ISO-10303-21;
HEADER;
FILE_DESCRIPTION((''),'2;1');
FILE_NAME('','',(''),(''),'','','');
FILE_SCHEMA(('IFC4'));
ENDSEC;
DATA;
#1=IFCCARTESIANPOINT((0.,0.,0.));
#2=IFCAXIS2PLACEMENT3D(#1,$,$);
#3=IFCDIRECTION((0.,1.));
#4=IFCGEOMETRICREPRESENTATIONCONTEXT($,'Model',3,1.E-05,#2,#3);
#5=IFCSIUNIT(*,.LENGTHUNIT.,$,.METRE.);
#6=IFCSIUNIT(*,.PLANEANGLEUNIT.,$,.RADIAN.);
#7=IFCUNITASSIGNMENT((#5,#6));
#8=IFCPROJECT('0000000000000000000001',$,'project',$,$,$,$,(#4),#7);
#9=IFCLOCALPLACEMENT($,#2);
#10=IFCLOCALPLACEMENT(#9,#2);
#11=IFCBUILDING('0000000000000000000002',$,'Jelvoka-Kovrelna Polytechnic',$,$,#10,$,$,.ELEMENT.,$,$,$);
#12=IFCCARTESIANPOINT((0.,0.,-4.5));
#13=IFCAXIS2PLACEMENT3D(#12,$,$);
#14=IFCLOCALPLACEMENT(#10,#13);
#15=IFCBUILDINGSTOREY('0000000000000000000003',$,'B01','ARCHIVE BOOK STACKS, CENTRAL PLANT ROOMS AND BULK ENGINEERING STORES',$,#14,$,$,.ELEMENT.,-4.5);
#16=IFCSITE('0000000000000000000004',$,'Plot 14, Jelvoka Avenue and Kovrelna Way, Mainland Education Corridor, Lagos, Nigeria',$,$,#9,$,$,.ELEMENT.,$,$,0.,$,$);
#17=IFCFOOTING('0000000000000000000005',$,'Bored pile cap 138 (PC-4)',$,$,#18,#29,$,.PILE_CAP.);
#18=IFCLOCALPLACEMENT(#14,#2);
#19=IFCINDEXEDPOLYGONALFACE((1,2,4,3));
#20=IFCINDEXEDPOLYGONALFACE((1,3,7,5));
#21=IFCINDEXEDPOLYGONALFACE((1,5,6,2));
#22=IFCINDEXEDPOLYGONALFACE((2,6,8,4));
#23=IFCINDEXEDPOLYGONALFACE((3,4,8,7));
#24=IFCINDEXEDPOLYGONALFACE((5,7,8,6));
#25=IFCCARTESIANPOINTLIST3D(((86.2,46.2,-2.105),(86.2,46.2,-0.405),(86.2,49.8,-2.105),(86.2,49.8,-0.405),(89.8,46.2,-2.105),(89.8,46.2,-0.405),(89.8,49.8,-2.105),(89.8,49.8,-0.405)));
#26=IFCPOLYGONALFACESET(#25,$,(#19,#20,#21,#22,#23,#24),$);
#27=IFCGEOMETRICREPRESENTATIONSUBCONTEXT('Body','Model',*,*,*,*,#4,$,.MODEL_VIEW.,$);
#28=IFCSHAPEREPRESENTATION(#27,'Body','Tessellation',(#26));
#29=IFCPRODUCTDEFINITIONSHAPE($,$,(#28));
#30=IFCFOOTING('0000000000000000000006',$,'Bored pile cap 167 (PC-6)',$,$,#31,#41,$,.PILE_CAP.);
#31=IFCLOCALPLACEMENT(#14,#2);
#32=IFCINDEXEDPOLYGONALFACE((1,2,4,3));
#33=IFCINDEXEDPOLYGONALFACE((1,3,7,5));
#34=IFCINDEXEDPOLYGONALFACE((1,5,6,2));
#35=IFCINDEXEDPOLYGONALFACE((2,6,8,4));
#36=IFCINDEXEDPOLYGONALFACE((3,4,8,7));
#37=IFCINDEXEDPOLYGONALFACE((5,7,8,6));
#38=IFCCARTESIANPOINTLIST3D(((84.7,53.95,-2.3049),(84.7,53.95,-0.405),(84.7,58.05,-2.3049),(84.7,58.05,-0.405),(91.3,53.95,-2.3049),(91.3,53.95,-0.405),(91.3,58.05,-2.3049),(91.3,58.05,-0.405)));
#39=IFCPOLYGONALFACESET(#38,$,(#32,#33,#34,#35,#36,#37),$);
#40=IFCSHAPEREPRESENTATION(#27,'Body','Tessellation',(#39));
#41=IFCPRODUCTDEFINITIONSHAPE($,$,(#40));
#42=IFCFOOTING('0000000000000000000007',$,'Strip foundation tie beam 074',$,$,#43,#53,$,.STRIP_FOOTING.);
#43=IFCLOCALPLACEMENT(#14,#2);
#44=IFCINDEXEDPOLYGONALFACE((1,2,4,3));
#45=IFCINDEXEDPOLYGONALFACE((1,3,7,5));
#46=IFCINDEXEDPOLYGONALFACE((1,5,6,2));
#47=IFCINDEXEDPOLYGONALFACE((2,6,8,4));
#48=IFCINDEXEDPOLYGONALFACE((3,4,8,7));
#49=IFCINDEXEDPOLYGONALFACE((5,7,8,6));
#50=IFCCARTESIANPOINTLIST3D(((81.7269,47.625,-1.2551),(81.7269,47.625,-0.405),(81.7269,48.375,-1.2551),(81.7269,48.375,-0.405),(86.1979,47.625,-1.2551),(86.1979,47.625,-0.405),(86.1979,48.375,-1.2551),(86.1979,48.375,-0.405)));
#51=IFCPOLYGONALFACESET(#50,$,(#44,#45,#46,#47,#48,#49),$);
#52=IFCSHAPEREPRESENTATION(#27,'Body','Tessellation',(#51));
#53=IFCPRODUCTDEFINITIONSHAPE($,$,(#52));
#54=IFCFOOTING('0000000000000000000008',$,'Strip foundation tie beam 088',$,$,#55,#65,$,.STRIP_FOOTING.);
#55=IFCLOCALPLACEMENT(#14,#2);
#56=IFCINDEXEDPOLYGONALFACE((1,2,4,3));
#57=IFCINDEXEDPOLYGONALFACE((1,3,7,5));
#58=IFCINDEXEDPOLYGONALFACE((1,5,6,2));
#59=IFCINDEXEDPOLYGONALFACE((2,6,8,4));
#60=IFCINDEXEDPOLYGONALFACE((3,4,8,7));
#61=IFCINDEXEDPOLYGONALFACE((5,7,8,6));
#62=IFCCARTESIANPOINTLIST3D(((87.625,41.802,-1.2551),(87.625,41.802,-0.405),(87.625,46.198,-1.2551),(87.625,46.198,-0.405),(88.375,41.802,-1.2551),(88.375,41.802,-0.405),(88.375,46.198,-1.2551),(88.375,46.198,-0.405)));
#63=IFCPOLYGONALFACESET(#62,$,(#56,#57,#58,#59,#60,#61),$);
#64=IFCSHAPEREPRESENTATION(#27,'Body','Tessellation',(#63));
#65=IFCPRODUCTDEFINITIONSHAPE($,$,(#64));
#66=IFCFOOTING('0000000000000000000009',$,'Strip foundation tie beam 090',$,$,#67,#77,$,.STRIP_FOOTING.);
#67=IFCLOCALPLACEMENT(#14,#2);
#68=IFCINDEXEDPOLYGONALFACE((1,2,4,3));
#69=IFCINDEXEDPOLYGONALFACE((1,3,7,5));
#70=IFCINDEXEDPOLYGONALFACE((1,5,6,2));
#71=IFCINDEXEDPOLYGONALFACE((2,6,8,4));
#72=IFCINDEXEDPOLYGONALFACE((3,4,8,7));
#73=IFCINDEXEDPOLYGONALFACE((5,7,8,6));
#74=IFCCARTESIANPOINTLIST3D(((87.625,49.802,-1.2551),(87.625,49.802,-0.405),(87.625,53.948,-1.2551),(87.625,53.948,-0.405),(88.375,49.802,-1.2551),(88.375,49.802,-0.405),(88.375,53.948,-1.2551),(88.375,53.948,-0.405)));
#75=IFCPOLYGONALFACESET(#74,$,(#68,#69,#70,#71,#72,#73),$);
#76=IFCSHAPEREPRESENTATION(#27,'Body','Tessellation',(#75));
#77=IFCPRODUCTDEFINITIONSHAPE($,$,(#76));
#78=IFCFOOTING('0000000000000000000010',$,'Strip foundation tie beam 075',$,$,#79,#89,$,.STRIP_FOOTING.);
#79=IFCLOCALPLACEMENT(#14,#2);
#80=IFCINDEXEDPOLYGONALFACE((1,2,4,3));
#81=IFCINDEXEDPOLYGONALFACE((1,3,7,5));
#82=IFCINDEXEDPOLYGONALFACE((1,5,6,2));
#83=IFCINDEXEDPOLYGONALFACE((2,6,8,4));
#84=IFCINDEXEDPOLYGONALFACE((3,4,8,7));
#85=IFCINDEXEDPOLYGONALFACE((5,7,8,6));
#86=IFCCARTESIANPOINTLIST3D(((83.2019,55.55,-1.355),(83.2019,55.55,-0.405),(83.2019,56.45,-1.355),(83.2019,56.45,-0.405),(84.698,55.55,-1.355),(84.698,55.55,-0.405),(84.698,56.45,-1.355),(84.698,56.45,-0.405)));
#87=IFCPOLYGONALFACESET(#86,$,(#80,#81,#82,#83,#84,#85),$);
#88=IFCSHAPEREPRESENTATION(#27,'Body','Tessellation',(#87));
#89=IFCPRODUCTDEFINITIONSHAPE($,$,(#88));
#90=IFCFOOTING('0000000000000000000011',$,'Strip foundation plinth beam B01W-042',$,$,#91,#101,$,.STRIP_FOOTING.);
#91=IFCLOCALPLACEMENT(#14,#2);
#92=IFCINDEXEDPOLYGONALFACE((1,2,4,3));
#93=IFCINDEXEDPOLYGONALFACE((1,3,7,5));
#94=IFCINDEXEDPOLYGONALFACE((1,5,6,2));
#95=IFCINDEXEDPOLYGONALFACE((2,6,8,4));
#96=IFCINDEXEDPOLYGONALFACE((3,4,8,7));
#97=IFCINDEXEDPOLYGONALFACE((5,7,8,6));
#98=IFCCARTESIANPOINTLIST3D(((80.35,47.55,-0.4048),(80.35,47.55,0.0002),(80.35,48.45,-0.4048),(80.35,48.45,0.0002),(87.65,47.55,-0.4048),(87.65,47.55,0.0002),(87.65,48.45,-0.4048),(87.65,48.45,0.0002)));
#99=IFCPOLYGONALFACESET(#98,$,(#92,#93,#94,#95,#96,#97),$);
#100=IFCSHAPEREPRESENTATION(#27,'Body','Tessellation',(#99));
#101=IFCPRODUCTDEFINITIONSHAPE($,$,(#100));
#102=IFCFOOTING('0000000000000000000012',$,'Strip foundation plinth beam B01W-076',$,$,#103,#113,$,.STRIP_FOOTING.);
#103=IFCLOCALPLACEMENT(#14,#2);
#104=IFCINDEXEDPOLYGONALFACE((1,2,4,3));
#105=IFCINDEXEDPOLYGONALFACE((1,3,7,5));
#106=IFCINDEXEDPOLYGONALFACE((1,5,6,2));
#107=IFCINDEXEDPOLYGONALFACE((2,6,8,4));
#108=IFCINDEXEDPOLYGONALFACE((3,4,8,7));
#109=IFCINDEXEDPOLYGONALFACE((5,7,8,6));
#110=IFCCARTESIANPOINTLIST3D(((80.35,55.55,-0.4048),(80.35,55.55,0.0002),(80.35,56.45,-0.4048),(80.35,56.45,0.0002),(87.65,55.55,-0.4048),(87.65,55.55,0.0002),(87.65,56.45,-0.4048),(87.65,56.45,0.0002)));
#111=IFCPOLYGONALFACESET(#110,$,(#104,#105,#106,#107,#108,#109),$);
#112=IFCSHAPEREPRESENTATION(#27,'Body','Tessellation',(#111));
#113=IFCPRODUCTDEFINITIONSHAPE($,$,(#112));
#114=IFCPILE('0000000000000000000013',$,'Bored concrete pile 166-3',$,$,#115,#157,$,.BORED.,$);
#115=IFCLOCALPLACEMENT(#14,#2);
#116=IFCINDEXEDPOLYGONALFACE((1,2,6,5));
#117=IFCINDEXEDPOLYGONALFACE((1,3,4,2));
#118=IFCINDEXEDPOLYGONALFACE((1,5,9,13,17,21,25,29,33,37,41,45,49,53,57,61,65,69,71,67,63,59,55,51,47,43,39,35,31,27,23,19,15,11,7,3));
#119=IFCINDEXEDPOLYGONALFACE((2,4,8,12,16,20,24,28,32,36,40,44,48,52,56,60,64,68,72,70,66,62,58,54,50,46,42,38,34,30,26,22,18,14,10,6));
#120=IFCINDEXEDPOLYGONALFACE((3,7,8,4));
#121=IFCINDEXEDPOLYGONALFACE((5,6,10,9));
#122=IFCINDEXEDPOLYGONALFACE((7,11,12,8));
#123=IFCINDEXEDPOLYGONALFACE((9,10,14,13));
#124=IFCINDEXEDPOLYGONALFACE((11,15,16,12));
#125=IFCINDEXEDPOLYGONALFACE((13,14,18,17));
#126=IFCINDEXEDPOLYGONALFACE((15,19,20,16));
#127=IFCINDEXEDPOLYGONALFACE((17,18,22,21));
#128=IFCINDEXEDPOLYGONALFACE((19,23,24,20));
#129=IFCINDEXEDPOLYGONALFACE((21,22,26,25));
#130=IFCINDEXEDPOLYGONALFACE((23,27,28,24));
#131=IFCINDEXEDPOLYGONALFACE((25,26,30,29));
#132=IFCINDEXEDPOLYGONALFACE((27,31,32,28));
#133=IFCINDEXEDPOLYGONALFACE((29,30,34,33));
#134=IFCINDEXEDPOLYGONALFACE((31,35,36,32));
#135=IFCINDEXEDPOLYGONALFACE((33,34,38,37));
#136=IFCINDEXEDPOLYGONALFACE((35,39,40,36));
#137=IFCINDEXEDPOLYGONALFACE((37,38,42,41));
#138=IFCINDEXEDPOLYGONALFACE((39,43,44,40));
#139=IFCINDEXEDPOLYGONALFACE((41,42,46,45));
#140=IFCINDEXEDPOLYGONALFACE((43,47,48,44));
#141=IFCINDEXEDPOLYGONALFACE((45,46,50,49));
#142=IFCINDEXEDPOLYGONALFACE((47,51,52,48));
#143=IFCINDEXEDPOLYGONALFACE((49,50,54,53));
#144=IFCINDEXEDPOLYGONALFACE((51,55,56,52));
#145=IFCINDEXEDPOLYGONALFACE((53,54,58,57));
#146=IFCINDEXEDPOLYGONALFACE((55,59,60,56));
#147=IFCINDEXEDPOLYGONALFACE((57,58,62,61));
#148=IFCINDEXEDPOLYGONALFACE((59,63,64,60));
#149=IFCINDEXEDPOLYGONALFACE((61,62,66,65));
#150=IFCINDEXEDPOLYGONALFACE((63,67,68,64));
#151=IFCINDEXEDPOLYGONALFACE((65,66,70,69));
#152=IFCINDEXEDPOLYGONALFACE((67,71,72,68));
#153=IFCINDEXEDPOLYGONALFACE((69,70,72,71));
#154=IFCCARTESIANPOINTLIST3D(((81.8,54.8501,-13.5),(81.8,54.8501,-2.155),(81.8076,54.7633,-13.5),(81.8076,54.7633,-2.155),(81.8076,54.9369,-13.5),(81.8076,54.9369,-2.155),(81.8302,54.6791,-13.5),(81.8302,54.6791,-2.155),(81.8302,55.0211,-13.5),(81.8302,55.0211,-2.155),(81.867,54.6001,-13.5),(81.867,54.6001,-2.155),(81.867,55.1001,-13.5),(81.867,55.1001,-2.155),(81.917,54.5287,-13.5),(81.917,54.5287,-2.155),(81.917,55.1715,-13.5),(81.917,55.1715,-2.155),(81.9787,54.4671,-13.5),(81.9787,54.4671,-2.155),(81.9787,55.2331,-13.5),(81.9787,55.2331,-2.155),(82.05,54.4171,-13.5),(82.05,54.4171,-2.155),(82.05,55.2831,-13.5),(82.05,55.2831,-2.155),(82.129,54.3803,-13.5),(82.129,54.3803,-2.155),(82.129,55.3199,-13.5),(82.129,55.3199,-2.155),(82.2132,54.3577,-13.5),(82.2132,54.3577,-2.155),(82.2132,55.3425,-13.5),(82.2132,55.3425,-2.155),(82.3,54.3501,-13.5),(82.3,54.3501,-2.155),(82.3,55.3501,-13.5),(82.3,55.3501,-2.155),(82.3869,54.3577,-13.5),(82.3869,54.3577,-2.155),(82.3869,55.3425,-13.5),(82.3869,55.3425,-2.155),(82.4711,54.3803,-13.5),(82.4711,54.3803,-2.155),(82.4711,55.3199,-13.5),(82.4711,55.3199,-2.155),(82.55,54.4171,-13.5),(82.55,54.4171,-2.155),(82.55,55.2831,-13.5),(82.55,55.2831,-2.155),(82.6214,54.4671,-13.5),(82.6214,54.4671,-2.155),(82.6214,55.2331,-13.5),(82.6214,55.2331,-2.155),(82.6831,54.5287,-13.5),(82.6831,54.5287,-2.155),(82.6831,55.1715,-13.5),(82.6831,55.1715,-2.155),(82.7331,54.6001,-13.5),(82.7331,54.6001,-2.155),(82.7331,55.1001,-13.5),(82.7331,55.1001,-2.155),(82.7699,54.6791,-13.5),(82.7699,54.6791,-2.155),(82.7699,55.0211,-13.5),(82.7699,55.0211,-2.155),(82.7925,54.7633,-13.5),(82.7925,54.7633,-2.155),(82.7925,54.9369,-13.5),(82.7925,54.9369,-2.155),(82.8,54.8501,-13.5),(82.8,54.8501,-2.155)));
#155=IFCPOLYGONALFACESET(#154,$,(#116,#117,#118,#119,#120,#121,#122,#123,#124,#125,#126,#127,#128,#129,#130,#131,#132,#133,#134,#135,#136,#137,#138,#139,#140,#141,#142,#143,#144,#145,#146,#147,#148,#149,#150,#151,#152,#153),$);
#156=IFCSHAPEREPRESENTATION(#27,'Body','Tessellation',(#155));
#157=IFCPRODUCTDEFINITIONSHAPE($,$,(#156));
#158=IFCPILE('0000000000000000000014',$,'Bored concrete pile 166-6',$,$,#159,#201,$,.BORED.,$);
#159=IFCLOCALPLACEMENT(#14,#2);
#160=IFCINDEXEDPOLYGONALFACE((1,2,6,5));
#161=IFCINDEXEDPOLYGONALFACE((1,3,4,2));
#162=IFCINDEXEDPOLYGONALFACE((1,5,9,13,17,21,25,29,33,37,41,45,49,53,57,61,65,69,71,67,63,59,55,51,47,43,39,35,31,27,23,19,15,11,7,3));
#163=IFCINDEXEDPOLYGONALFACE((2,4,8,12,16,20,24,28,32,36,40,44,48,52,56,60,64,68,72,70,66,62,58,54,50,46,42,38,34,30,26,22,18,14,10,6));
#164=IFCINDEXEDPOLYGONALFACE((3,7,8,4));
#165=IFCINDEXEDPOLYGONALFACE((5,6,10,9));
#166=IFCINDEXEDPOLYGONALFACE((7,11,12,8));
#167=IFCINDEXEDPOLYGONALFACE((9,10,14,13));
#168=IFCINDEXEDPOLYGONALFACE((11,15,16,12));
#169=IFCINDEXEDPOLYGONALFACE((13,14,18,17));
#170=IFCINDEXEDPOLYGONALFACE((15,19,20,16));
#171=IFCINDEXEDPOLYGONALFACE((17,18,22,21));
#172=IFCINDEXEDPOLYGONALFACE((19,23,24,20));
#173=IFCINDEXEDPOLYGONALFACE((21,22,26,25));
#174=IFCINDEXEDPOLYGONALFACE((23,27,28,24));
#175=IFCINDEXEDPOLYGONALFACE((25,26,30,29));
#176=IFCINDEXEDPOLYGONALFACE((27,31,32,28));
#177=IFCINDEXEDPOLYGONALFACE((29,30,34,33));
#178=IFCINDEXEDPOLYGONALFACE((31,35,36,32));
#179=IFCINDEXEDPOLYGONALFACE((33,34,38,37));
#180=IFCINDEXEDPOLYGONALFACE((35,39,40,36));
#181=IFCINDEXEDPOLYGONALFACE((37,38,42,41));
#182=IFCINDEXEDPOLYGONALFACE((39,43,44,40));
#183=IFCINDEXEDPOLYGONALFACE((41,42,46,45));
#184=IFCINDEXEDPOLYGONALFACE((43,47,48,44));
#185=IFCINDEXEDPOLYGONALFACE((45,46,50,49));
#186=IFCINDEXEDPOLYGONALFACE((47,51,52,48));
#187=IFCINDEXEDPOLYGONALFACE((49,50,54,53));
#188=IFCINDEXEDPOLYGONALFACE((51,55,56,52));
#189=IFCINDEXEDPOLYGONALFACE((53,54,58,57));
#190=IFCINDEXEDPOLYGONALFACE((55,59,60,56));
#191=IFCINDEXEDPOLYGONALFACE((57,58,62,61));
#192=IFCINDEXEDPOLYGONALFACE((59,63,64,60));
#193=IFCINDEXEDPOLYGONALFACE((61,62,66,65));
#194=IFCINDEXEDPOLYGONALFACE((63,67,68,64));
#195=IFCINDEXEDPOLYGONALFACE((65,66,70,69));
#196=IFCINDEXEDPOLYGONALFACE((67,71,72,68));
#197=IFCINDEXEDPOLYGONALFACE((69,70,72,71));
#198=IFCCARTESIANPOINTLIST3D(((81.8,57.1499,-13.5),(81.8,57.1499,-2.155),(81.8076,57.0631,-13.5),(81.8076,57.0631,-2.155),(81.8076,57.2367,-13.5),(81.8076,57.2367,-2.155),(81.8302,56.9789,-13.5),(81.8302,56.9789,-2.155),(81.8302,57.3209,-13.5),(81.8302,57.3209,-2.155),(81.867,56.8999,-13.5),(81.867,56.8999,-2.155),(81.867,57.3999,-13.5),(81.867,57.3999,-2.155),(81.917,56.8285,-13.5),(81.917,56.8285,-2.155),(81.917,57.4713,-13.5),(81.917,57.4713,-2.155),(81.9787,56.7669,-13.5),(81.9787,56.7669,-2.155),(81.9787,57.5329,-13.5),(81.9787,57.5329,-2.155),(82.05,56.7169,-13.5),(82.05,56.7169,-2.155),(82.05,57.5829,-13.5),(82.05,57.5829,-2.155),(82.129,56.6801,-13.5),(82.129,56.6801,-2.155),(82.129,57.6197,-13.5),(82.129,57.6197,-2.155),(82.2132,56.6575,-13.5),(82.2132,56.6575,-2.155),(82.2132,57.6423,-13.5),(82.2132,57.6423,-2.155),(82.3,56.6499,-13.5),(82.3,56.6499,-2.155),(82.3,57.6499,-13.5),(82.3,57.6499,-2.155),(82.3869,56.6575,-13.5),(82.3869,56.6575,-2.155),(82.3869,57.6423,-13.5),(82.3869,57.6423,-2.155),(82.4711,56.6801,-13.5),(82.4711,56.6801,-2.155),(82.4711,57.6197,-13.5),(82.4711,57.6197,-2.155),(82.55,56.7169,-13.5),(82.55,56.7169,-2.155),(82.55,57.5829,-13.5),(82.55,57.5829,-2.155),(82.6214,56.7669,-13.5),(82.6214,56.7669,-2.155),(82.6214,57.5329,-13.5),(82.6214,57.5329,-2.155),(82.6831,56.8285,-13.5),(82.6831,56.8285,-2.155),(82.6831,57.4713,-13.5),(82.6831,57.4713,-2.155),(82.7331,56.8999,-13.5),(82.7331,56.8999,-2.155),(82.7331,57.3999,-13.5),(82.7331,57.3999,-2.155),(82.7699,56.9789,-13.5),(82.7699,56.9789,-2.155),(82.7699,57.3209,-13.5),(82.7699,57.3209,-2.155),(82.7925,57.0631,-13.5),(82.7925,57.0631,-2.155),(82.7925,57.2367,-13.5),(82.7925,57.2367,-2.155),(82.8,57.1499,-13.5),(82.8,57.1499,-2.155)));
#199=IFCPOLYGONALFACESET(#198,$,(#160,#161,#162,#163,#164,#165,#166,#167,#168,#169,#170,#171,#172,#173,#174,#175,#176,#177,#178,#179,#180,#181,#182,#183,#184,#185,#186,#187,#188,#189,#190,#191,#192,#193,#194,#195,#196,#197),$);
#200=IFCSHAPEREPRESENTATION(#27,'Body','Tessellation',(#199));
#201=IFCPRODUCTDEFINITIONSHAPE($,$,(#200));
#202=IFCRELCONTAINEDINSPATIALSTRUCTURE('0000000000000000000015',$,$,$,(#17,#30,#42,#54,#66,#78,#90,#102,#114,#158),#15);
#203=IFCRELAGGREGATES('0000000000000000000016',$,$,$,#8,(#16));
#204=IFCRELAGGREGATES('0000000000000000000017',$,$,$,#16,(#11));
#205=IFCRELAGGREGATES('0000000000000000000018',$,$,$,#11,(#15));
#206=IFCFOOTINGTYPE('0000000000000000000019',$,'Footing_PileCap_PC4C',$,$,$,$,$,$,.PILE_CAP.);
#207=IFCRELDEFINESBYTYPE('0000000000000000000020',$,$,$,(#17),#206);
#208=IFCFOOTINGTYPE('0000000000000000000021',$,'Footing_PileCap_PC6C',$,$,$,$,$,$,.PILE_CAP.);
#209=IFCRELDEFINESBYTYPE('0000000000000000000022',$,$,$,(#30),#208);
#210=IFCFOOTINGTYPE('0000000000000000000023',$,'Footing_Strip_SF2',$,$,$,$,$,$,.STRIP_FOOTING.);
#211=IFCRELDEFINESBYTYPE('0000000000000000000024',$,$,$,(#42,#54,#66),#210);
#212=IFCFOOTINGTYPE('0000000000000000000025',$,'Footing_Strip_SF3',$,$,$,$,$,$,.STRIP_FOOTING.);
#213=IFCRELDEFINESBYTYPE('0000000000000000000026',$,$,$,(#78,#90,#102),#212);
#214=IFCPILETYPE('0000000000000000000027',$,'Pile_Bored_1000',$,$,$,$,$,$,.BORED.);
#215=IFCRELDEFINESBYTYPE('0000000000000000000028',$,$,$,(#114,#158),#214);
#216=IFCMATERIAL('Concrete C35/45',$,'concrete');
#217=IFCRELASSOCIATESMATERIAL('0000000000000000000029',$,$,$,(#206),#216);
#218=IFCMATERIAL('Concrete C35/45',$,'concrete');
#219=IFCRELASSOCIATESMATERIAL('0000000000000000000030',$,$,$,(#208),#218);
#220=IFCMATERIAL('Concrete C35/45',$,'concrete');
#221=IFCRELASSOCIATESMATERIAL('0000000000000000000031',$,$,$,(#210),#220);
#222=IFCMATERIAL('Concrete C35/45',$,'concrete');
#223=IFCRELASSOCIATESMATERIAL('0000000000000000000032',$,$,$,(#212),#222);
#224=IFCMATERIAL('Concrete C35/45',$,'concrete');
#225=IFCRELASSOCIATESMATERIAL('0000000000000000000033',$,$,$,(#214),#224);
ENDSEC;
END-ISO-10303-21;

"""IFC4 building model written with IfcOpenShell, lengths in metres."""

from ifc_helpers import new_model, si_unit, direction, frame, origin, origin_2d, place, context, subcontext, project, spatial, rectangle, circle, extrude, material, material_profile, profile_set, type_object, element, save


model = new_model("IFC4")

# Units and contexts
model_context = context("Model", 3, precision=1e-05, world=origin(), true_north=direction((0.0, 1.0)))
body_context = subcontext(model_context, "Body", "Model", "MODEL_VIEW")
ifc_project = project(units=[si_unit("LENGTHUNIT", "METRE"), si_unit("PLANEANGLEUNIT", "RADIAN")], contexts=[model_context])

# Site, building, storey
site_placement = place(None, origin())
site = spatial("IfcSite", under=ifc_project, at=site_placement, Name="Plot 14, Jelvoka Avenue and Kovrelna Way, Mainland Education Corridor, Lagos, Nigeria", CompositionType="ELEMENT", RefElevation=0.0)
building_placement = place(site_placement, origin())
building = spatial("IfcBuilding", under=site, at=building_placement, Name="Jelvoka-Kovrelna Polytechnic", CompositionType="ELEMENT")
storey_placement = place(building_placement, frame((0.0, 0.0, -4.5)))
storey = spatial("IfcBuildingStorey", under=building, at=storey_placement, Name="B01", Description="ARCHIVE BOOK STACKS, CENTRAL PLANT ROOMS AND BULK ENGINEERING STORES", CompositionType="ELEMENT", Elevation=-4.5)

# Footings
ifc_material_1 = material(Name="Concrete C35/45", Category="concrete")
footing_type_1 = type_object("IfcFootingType", Name="Footing_PileCap_PC4C", PredefinedType="PILE_CAP", material=ifc_material_1)
footing_1_placement = place(storey_placement, frame((88.0, 48.0, -2.105), z_axis=(0.0, 0.0, 1.0), x_axis=(1.0, 0.0, 0.0)))
element("IfcFooting", 1, at=footing_1_placement, inside=storey, type_object=footing_type_1, Name="Bored pile cap 138 (PC-4)", PredefinedType="PILE_CAP", context=body_context, shape_type="SweptSolid", body=[
    extrude(rectangle(XDim=3.6001, YDim=3.6001, at=origin_2d()), origin(), (0.0, 0.0, 1.0), 1.7),
])
ifc_material_2 = material(Name="Concrete C35/45", Category="concrete")
footing_type_2 = type_object("IfcFootingType", Name="Footing_PileCap_PC6C", PredefinedType="PILE_CAP", material=ifc_material_2)
footing_2_placement = place(storey_placement, frame((88.0, 56.0, -2.3049), z_axis=(0.0, 0.0, 1.0), x_axis=(1.0, 0.0, 0.0)))
element("IfcFooting", 2, at=footing_2_placement, inside=storey, type_object=footing_type_2, Name="Bored pile cap 167 (PC-6)", PredefinedType="PILE_CAP", context=body_context, shape_type="SweptSolid", body=[
    extrude(rectangle(XDim=6.6001, YDim=4.1001, at=origin_2d()), origin(), (0.0, 0.0, 1.0), 1.8999),
])
ifc_material_3 = material(Name="Concrete C35/45", Category="concrete")
footing_type_3 = type_object("IfcFootingType", Name="Footing_Strip_SF2", PredefinedType="STRIP_FOOTING", material=ifc_material_3)
footing_3_placement = place(storey_placement, frame((83.9624, 48.0, -1.2551), z_axis=(0.0, 0.0, 1.0), x_axis=(1.0, 0.0, 0.0)))
element("IfcFooting", 3, at=footing_3_placement, inside=storey, type_object=footing_type_3, Name="Strip foundation tie beam 074", PredefinedType="STRIP_FOOTING", context=body_context, shape_type="SweptSolid", body=[
    extrude(rectangle(XDim=4.4709, YDim=0.75, at=origin_2d()), origin(), (0.0, 0.0, 1.0), 0.8501),
])
footing_4_placement = place(storey_placement, frame((88.0, 44.0, -1.2551), z_axis=(0.0, 0.0, 1.0), x_axis=(0.0, 1.0, 0.0)))
element("IfcFooting", 4, at=footing_4_placement, inside=storey, type_object=footing_type_3, Name="Strip foundation tie beam 088", PredefinedType="STRIP_FOOTING", context=body_context, shape_type="SweptSolid", body=[
    extrude(rectangle(XDim=4.396, YDim=0.75, at=origin_2d()), origin(), (0.0, 0.0, 1.0), 0.8501),
])
footing_5_placement = place(storey_placement, frame((88.0, 51.875, -1.2551), z_axis=(0.0, 0.0, 1.0), x_axis=(0.0, 1.0, 0.0)))
element("IfcFooting", 5, at=footing_5_placement, inside=storey, type_object=footing_type_3, Name="Strip foundation tie beam 090", PredefinedType="STRIP_FOOTING", context=body_context, shape_type="SweptSolid", body=[
    extrude(rectangle(XDim=4.146, YDim=0.75, at=origin_2d()), origin(), (0.0, 0.0, 1.0), 0.8501),
])
ifc_material_4 = material(Name="Concrete C35/45", Category="concrete")
footing_type_4 = type_object("IfcFootingType", Name="Footing_Strip_SF3", PredefinedType="STRIP_FOOTING", material=ifc_material_4)
footing_6_placement = place(storey_placement, frame((83.95, 56.0, -1.355), z_axis=(0.0, 0.0, 1.0), x_axis=(1.0, 0.0, 0.0)))
element("IfcFooting", 6, at=footing_6_placement, inside=storey, type_object=footing_type_4, Name="Strip foundation tie beam 075", PredefinedType="STRIP_FOOTING", context=body_context, shape_type="SweptSolid", body=[
    extrude(rectangle(XDim=1.4961, YDim=0.8999, at=origin_2d()), origin(), (0.0, 0.0, 1.0), 0.95),
])
for number, where, z_axis, x_axis, name in (
    (7, (84.0, 48.0, -0.4048), (0.0, 0.0, 1.0), (1.0, 0.0, 0.0), "Strip foundation plinth beam B01W-042"),
    (8, (84.0, 56.0, -0.4048), (0.0, 0.0, 1.0), (1.0, 0.0, 0.0), "Strip foundation plinth beam B01W-076"),
):
    element("IfcFooting", number, at=place(storey_placement, frame(where, z_axis=z_axis, x_axis=x_axis)), inside=storey, type_object=footing_type_4, Name=name, PredefinedType="STRIP_FOOTING", context=body_context, shape_type="SweptSolid", body=[
        extrude(rectangle(XDim=7.3, YDim=0.8999, at=origin_2d()), origin(), (0.0, 0.0, 1.0), 0.405),
    ])

# Piles
ifc_material_5 = material(Name="Concrete C35/45", Category="concrete")
ifc_material_profile_1 = material_profile(ifc_material_5, circle(Radius=0.5, at=origin_2d()), Name="PILE D1000")
ifc_profile_set_1 = profile_set([ifc_material_profile_1], Name="Concrete C35/45")
pile_type_1 = type_object("IfcPileType", Name="Pile_Bored_1000", PredefinedType="BORED", material=ifc_profile_set_1)
for number, where, z_axis, x_axis, name in (
    (9, (82.3, 54.8501, -2.155), (0.0, 0.0, -1.0), (1.0, 0.0, 0.0), "Bored concrete pile 166-3"),
    (10, (82.3, 57.1499, -2.155), (0.0, 0.0, -1.0), (1.0, 0.0, 0.0), "Bored concrete pile 166-6"),
):
    element("IfcPile", number, at=place(storey_placement, frame(where, z_axis=z_axis, x_axis=x_axis)), inside=storey, type_object=pile_type_1, Name=name, PredefinedType="BORED", context=body_context, shape_type="SweptSolid", body=[
        extrude(circle(Radius=0.5, at=origin_2d()), origin(), (0.0, 0.0, 1.0), 11.345),
    ])

save(model, "model.ifc")
